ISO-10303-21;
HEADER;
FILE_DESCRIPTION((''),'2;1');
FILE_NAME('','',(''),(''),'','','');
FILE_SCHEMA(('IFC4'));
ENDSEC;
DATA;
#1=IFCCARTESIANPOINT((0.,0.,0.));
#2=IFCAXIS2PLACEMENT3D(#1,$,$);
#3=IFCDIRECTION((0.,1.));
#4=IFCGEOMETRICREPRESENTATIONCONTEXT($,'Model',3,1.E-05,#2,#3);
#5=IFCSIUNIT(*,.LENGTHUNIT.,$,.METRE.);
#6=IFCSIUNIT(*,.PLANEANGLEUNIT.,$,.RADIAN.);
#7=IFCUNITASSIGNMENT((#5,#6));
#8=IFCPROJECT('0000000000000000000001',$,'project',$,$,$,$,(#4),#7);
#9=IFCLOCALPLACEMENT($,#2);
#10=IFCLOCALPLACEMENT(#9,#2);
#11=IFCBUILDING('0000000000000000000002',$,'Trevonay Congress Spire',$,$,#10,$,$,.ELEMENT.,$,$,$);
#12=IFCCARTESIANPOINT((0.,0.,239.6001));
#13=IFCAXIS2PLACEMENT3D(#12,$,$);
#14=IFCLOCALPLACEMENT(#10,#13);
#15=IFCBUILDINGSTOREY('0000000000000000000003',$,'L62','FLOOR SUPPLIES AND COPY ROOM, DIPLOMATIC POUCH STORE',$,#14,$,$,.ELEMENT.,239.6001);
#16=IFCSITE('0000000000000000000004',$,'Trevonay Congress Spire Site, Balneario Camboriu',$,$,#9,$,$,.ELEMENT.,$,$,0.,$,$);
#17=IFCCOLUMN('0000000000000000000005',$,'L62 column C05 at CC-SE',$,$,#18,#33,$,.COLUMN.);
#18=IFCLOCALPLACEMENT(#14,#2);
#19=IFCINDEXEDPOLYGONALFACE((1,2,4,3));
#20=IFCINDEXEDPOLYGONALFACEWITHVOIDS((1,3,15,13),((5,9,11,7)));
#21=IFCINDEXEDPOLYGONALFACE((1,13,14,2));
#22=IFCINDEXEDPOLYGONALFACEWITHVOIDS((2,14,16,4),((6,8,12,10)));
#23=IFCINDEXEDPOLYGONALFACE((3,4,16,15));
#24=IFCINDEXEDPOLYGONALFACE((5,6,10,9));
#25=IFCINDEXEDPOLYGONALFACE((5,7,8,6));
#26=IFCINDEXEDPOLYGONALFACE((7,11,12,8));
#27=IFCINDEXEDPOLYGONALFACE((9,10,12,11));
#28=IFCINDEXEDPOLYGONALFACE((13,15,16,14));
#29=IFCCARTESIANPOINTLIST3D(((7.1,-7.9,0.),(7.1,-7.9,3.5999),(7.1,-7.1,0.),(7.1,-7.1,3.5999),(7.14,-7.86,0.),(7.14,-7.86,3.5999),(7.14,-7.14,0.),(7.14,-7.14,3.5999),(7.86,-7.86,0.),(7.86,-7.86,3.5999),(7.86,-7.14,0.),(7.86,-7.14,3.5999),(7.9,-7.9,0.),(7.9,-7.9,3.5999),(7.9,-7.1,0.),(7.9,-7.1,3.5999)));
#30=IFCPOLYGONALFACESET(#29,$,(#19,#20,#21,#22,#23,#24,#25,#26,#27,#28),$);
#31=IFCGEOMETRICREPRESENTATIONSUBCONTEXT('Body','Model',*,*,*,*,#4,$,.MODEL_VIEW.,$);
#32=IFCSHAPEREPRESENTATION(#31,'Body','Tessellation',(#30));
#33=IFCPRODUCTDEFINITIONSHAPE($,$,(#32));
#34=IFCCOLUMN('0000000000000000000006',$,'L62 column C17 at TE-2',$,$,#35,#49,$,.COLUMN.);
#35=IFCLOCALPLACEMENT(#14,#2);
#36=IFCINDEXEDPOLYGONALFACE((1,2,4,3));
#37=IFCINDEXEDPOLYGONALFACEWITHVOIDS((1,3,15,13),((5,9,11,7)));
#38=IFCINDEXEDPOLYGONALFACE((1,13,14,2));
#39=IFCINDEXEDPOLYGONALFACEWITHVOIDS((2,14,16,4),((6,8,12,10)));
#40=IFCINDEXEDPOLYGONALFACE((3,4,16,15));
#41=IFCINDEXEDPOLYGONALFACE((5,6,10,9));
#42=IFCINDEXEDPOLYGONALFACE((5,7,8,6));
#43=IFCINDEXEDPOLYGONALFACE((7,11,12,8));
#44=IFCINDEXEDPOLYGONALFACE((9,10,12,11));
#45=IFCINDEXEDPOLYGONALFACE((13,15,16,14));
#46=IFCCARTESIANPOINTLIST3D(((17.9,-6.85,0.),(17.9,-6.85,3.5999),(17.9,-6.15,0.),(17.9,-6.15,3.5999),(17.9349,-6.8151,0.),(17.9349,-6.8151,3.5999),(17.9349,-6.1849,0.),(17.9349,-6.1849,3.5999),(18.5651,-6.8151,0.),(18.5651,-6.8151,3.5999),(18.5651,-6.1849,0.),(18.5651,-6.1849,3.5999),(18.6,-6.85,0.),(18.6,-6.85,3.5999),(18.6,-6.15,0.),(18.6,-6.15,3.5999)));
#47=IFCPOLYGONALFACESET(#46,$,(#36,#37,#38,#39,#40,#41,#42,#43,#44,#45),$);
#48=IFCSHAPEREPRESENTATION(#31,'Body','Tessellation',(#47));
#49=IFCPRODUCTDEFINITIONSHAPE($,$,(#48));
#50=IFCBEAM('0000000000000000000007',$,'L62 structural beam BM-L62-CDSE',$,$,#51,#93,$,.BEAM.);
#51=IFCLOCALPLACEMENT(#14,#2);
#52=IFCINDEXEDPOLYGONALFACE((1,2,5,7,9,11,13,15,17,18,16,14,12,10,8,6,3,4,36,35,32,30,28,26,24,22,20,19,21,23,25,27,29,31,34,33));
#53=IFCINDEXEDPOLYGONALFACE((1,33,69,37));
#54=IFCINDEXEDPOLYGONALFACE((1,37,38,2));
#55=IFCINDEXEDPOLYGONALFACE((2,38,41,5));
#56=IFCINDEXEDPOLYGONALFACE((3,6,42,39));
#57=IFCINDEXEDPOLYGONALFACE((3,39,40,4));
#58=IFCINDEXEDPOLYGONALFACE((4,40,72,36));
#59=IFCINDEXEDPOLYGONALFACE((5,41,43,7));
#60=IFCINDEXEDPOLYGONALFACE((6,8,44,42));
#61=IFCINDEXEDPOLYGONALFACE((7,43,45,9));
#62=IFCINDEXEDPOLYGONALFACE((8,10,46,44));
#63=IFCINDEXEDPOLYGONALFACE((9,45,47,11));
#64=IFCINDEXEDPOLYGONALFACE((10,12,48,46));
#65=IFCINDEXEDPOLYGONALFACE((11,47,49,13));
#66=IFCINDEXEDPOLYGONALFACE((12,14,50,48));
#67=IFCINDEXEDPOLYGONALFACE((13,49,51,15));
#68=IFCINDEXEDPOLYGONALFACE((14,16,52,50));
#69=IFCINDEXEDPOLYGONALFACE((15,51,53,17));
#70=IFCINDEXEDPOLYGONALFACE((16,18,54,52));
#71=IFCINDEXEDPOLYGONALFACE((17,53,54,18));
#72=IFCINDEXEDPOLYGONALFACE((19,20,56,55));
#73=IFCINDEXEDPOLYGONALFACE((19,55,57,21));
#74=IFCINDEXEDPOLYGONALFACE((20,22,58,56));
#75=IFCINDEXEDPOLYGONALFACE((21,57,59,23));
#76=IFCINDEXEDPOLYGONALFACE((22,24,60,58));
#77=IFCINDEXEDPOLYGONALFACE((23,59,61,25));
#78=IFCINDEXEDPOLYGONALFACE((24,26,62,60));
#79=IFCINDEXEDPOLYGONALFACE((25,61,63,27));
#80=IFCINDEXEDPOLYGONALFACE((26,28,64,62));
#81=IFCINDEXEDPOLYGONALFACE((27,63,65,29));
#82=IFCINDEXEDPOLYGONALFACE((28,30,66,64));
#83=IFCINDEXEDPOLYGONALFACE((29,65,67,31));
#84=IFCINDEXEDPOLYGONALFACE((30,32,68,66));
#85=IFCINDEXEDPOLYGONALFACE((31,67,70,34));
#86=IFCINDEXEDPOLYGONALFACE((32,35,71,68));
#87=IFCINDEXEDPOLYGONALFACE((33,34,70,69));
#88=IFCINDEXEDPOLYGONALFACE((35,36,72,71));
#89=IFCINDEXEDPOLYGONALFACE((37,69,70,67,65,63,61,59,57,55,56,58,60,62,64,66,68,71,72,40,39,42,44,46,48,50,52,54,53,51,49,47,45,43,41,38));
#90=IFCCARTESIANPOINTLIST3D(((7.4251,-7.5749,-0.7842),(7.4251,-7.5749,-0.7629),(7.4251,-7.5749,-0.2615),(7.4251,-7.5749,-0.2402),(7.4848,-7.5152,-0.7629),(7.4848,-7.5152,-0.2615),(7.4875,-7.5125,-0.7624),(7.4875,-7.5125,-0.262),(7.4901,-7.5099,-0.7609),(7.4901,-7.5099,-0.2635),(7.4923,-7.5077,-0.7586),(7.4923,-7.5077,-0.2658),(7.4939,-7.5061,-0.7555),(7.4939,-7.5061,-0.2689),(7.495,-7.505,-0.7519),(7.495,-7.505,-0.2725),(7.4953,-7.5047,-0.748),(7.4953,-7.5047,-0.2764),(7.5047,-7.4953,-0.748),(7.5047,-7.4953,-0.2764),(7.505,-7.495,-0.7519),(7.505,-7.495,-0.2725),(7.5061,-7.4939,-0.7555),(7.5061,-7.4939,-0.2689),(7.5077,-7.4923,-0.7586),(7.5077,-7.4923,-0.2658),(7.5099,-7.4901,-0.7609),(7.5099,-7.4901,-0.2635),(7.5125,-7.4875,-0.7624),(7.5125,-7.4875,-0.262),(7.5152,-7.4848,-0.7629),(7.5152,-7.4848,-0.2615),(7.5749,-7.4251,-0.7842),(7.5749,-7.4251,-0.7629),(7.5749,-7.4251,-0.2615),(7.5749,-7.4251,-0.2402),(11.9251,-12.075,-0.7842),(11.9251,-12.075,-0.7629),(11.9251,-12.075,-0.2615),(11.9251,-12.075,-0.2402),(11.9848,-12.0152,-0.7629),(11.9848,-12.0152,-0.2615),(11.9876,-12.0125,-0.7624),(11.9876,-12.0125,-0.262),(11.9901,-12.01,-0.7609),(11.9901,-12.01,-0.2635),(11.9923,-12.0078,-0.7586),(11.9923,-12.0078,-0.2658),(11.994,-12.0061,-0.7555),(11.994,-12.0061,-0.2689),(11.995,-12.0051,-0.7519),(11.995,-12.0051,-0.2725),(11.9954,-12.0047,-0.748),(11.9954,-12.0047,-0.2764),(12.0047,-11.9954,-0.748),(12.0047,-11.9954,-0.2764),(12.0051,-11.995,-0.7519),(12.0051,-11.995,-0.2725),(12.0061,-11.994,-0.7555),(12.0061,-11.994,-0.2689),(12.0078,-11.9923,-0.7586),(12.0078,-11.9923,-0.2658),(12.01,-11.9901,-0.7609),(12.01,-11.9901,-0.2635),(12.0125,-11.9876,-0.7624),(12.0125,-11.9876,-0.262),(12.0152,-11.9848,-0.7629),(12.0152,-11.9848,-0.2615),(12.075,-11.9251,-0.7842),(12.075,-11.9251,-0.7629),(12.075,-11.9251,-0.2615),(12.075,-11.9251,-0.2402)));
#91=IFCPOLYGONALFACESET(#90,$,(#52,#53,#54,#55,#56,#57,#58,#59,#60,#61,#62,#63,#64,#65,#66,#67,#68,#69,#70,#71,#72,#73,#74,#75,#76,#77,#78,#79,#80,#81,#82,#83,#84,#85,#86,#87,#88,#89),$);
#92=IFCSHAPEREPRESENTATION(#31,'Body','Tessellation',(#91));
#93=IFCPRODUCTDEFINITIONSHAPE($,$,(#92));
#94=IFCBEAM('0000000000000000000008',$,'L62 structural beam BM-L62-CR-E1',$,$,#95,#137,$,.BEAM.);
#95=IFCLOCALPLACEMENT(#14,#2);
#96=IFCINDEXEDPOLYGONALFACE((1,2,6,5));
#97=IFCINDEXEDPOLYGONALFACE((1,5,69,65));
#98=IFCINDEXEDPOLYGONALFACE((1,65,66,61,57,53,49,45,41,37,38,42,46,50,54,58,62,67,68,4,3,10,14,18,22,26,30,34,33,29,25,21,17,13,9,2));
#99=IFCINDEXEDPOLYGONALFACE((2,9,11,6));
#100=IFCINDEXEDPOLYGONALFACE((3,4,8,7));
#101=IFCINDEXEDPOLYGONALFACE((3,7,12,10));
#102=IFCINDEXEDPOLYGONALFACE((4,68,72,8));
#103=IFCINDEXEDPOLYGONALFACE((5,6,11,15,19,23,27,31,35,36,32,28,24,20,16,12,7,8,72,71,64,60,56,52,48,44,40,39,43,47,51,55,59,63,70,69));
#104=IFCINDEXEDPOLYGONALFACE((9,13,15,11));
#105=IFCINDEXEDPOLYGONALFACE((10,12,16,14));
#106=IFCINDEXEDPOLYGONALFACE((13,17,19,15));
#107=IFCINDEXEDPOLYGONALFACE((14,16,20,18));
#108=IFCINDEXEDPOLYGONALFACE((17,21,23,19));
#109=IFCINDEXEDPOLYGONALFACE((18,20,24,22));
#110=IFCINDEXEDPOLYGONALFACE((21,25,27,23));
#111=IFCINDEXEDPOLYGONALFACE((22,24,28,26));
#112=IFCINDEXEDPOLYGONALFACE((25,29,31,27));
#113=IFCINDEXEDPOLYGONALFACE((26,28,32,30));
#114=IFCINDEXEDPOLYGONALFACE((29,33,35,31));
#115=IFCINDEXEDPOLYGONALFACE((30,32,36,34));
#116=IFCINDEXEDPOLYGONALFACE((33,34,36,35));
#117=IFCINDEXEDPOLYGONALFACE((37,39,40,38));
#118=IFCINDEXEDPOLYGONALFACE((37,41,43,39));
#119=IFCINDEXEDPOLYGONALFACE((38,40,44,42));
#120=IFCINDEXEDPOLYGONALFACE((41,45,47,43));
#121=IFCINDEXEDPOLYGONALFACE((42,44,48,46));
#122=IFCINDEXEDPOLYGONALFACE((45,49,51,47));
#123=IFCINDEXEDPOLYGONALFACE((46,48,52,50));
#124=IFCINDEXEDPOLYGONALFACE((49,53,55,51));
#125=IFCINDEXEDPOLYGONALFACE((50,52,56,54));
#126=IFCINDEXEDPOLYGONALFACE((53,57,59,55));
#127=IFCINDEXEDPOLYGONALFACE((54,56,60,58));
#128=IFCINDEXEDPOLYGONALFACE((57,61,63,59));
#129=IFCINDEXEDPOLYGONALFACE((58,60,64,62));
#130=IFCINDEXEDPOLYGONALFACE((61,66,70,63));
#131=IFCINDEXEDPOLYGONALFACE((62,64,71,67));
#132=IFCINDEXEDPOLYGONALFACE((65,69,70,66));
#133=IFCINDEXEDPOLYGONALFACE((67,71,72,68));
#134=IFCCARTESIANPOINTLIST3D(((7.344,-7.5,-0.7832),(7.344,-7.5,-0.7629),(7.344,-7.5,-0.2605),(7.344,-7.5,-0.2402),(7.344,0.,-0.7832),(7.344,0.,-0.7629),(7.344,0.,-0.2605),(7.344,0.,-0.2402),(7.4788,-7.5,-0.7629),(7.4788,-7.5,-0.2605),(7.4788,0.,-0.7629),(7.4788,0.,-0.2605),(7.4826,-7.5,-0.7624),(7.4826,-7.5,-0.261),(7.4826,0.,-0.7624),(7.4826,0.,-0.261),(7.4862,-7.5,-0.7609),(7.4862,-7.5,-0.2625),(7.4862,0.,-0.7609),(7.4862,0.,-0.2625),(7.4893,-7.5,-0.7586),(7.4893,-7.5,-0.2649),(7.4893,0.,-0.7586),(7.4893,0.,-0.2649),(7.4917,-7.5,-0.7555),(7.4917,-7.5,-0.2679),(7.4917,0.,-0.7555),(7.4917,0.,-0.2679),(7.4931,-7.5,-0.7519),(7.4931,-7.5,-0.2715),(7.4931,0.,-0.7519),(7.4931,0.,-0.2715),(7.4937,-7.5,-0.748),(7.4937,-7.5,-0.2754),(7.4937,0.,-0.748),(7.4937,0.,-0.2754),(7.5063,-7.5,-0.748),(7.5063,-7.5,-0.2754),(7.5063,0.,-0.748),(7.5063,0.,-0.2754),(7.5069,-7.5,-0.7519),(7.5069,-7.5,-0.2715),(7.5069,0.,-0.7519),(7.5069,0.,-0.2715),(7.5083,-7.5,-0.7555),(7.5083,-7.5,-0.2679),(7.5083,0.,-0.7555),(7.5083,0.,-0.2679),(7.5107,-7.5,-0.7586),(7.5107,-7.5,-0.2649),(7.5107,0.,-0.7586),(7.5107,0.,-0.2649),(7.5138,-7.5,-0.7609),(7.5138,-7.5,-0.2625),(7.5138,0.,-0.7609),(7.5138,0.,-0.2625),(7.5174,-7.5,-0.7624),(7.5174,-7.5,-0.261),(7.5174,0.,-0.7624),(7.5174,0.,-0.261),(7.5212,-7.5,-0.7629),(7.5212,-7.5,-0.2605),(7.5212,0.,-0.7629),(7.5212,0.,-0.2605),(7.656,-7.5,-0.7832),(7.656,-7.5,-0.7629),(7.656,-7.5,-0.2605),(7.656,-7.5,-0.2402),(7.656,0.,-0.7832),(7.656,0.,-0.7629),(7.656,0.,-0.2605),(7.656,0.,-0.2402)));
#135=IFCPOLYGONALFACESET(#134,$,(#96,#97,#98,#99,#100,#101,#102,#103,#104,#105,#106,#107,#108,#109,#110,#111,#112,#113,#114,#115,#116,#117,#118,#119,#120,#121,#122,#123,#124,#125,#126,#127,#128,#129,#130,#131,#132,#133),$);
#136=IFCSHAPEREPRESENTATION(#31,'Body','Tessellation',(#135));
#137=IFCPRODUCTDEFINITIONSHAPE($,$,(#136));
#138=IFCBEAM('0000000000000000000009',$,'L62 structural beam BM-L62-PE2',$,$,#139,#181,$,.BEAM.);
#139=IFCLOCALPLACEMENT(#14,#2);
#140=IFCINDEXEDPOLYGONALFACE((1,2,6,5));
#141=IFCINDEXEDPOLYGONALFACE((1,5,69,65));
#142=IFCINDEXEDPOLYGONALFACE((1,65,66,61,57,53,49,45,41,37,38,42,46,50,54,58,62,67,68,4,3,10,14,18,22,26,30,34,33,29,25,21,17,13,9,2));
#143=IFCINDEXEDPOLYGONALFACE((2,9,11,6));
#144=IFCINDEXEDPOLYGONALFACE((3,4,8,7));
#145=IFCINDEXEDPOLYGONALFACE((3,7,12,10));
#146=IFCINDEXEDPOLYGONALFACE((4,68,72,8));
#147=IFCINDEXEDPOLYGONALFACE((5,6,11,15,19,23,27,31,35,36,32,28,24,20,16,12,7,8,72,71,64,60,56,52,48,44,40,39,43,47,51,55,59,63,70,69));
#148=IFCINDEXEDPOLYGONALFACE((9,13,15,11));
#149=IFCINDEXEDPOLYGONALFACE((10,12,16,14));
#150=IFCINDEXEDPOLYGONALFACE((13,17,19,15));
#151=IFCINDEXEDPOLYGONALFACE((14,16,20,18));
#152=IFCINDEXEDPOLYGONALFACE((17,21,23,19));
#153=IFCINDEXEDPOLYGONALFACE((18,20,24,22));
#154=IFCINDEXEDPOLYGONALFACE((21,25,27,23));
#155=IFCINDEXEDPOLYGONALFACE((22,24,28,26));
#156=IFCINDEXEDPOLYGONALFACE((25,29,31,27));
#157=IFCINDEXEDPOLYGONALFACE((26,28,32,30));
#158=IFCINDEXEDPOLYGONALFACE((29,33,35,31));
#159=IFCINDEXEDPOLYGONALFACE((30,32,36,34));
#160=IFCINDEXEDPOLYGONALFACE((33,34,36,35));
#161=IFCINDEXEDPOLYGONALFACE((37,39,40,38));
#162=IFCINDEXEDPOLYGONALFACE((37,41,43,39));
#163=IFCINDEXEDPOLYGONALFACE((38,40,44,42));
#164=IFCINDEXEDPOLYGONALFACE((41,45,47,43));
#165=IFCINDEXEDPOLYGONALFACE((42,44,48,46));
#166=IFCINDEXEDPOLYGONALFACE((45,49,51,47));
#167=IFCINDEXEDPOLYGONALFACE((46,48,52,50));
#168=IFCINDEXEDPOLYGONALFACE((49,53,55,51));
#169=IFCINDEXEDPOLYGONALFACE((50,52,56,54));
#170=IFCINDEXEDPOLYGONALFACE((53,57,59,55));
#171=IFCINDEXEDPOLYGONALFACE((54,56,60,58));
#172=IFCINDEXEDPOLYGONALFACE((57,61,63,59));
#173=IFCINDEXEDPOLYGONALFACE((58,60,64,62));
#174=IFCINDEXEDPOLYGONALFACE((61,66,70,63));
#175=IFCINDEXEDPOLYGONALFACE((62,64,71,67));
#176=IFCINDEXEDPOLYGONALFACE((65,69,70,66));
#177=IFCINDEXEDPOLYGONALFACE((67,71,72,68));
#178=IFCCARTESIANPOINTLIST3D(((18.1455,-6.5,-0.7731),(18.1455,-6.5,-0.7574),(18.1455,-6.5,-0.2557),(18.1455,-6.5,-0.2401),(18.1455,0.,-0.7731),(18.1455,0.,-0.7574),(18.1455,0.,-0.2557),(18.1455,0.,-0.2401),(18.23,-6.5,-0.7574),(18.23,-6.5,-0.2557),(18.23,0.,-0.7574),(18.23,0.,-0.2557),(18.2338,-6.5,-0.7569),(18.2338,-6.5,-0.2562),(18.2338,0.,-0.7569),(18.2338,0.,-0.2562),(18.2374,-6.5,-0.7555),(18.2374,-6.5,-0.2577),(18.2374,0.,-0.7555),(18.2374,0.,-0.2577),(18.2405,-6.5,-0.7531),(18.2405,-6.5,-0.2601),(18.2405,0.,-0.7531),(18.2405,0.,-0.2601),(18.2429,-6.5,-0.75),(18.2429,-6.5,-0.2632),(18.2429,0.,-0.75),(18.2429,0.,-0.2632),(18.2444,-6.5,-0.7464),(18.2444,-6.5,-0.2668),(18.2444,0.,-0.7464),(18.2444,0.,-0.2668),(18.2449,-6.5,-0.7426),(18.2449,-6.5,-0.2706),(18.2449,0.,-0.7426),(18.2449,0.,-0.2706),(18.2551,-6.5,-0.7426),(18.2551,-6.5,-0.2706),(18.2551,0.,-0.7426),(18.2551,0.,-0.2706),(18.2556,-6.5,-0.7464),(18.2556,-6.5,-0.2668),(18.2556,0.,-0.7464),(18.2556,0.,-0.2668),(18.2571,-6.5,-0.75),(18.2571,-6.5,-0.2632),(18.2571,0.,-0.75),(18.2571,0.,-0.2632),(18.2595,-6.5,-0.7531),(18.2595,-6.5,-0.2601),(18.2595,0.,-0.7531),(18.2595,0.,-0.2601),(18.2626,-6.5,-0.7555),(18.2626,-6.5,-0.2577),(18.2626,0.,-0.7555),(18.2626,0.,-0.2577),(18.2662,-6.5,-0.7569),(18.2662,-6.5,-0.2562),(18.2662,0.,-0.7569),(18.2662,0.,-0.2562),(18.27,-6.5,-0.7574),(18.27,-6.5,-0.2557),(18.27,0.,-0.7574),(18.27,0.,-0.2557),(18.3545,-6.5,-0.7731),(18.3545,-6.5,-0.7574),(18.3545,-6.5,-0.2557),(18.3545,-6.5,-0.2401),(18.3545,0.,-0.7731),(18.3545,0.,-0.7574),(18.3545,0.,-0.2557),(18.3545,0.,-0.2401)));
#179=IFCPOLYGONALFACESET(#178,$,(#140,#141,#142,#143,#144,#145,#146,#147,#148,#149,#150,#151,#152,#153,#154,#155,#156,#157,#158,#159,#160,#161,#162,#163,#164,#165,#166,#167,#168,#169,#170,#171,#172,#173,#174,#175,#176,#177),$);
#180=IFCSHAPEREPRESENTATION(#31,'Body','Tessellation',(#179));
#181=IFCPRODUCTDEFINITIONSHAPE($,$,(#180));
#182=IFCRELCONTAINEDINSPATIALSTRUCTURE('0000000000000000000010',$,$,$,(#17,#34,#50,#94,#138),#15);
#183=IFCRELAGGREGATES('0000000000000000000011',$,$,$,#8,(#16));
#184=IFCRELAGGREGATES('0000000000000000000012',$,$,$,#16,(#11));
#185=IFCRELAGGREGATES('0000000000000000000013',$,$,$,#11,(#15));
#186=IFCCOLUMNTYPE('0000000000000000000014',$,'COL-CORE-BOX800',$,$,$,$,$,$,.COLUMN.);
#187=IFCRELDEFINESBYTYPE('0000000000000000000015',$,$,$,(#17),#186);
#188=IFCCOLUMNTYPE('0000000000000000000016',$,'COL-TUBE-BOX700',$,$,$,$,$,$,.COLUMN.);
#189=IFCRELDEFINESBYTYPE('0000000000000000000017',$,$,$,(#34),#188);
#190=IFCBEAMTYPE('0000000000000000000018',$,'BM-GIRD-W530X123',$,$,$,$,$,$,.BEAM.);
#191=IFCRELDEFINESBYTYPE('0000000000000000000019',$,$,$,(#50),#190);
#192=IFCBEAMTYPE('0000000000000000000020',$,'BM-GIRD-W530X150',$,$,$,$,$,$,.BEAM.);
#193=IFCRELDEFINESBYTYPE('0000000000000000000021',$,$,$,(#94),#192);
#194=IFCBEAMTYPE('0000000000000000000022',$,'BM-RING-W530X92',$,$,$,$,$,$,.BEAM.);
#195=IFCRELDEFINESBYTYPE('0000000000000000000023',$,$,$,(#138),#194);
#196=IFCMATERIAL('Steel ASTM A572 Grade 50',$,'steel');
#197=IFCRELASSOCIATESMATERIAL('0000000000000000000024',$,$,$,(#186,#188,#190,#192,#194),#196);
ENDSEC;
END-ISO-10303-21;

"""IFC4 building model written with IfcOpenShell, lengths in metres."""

from ifc_helpers import new_model, si_unit, direction, frame, origin, origin_2d, place, context, subcontext, project, spatial, hollow_rectangle, i_section, extrude, material, material_profile, profile_set, type_object, element, save


model = new_model("IFC4")

# Units and contexts
model_context = context("Model", 3, precision=1e-05, world=origin(), true_north=direction((0.0, 1.0)))
body_context = subcontext(model_context, "Body", "Model", "MODEL_VIEW")
ifc_project = project(units=[si_unit("LENGTHUNIT", "METRE"), si_unit("PLANEANGLEUNIT", "RADIAN")], contexts=[model_context])

# Site, building, storey
site_placement = place(None, origin())
site = spatial("IfcSite", under=ifc_project, at=site_placement, Name="Trevonay Congress Spire Site, Balneario Camboriu", CompositionType="ELEMENT", RefElevation=0.0)
building_placement = place(site_placement, origin())
building = spatial("IfcBuilding", under=site, at=building_placement, Name="Trevonay Congress Spire", CompositionType="ELEMENT")
storey_placement = place(building_placement, frame((0.0, 0.0, 239.6001)))
storey = spatial("IfcBuildingStorey", under=building, at=storey_placement, Name="L62", Description="FLOOR SUPPLIES AND COPY ROOM, DIPLOMATIC POUCH STORE", CompositionType="ELEMENT", Elevation=239.6001)

# Columns
ifc_material_1 = material(Name="Steel ASTM A572 Grade 50", Category="steel")
ifc_material_profile_1 = material_profile(ifc_material_1, hollow_rectangle(XDim=0.8, YDim=0.8, WallThickness=0.04, at=origin_2d()), Name="BOX 800x800x40")
ifc_profile_set_1 = profile_set([ifc_material_profile_1], Name="Steel ASTM A572 Grade 50")
column_type_1 = type_object("IfcColumnType", Name="COL-CORE-BOX800", PredefinedType="COLUMN", material=ifc_profile_set_1)
column_1_placement = place(storey_placement, frame((7.5, -7.5, 0.0), z_axis=(0.0, 0.0, 1.0), x_axis=(1.0, 0.0, 0.0)))
element("IfcColumn", 1, at=column_1_placement, inside=storey, type_object=column_type_1, Name="L62 column C05 at CC-SE", PredefinedType="COLUMN", context=body_context, shape_type="SweptSolid", body=[
    extrude(hollow_rectangle(XDim=0.8, YDim=0.8, WallThickness=0.04, at=origin_2d()), origin(), (0.0, 0.0, 1.0), 3.5999),
])
ifc_material_profile_2 = material_profile(ifc_material_1, hollow_rectangle(XDim=0.7, YDim=0.7, WallThickness=0.0349, at=origin_2d()), Name="BOX 700x700x35")
ifc_profile_set_2 = profile_set([ifc_material_profile_2], Name="Steel ASTM A572 Grade 50")
column_type_2 = type_object("IfcColumnType", Name="COL-TUBE-BOX700", PredefinedType="COLUMN", material=ifc_profile_set_2)
column_2_placement = place(storey_placement, frame((18.25, -6.5, 0.0), z_axis=(0.0, 0.0, 1.0), x_axis=(1.0, 0.0, 0.0)))
element("IfcColumn", 2, at=column_2_placement, inside=storey, type_object=column_type_2, Name="L62 column C17 at TE-2", PredefinedType="COLUMN", context=body_context, shape_type="SweptSolid", body=[
    extrude(hollow_rectangle(XDim=0.7, YDim=0.7, WallThickness=0.0349, at=origin_2d()), origin(), (0.0, 0.0, 1.0), 3.5999),
])

# Beams
ifc_material_profile_3 = material_profile(ifc_material_1, i_section(OverallWidth=0.2119, OverallDepth=0.5439, WebThickness=0.0132, FlangeThickness=0.0212, FilletRadius=0.0149, at=origin_2d()), Name="W530x123")
ifc_profile_set_3 = profile_set([ifc_material_profile_3], Name="Steel ASTM A572 Grade 50")
beam_type_1 = type_object("IfcBeamType", Name="BM-GIRD-W530X123", PredefinedType="BEAM", material=ifc_profile_set_3)
beam_1_placement = place(storey_placement, frame((7.5, -7.5, -0.5122), z_axis=(0.707107, -0.707107, 0.0), x_axis=(0.707107, 0.707107, 0.0)))
element("IfcBeam", 3, at=beam_1_placement, inside=storey, type_object=beam_type_1, Name="L62 structural beam BM-L62-CDSE", PredefinedType="BEAM", context=body_context, shape_type="SweptSolid", body=[
    extrude(i_section(OverallWidth=0.2119, OverallDepth=0.5439, WebThickness=0.0132, FlangeThickness=0.0212, FilletRadius=0.0149, at=origin_2d()), origin(), (0.0, 0.0, 1.0), 6.364),
])
ifc_material_profile_4 = material_profile(ifc_material_1, i_section(OverallWidth=0.312, OverallDepth=0.543, WebThickness=0.0127, FlangeThickness=0.0203, FilletRadius=0.0149, at=origin_2d()), Name="W530x150")
ifc_profile_set_4 = profile_set([ifc_material_profile_4], Name="Steel ASTM A572 Grade 50")
beam_type_2 = type_object("IfcBeamType", Name="BM-GIRD-W530X150", PredefinedType="BEAM", material=ifc_profile_set_4)
beam_2_placement = place(storey_placement, frame((7.5, -7.5, -0.5117), z_axis=(0.0, 1.0, 0.0), x_axis=(-1.0, 0.0, 0.0)))
element("IfcBeam", 4, at=beam_2_placement, inside=storey, type_object=beam_type_2, Name="L62 structural beam BM-L62-CR-E1", PredefinedType="BEAM", context=body_context, shape_type="SweptSolid", body=[
    extrude(i_section(OverallWidth=0.312, OverallDepth=0.543, WebThickness=0.0127, FlangeThickness=0.0203, FilletRadius=0.0149, at=origin_2d()), origin(), (0.0, 0.0, 1.0), 7.5),
])
ifc_material_profile_5 = material_profile(ifc_material_1, i_section(OverallWidth=0.209, OverallDepth=0.533, WebThickness=0.0103, FlangeThickness=0.0156, FilletRadius=0.0149, at=origin_2d()), Name="W530x92")
ifc_profile_set_5 = profile_set([ifc_material_profile_5], Name="Steel ASTM A572 Grade 50")
beam_type_3 = type_object("IfcBeamType", Name="BM-RING-W530X92", PredefinedType="BEAM", material=ifc_profile_set_5)
beam_3_placement = place(storey_placement, frame((18.25, -6.5, -0.5066), z_axis=(0.0, 1.0, 0.0), x_axis=(-1.0, 0.0, 0.0)))
element("IfcBeam", 5, at=beam_3_placement, inside=storey, type_object=beam_type_3, Name="L62 structural beam BM-L62-PE2", PredefinedType="BEAM", context=body_context, shape_type="SweptSolid", body=[
    extrude(i_section(OverallWidth=0.209, OverallDepth=0.533, WebThickness=0.0103, FlangeThickness=0.0156, FilletRadius=0.0149, at=origin_2d()), origin(), (0.0, 0.0, 1.0), 6.5),
])

save(model, "model.ifc")
